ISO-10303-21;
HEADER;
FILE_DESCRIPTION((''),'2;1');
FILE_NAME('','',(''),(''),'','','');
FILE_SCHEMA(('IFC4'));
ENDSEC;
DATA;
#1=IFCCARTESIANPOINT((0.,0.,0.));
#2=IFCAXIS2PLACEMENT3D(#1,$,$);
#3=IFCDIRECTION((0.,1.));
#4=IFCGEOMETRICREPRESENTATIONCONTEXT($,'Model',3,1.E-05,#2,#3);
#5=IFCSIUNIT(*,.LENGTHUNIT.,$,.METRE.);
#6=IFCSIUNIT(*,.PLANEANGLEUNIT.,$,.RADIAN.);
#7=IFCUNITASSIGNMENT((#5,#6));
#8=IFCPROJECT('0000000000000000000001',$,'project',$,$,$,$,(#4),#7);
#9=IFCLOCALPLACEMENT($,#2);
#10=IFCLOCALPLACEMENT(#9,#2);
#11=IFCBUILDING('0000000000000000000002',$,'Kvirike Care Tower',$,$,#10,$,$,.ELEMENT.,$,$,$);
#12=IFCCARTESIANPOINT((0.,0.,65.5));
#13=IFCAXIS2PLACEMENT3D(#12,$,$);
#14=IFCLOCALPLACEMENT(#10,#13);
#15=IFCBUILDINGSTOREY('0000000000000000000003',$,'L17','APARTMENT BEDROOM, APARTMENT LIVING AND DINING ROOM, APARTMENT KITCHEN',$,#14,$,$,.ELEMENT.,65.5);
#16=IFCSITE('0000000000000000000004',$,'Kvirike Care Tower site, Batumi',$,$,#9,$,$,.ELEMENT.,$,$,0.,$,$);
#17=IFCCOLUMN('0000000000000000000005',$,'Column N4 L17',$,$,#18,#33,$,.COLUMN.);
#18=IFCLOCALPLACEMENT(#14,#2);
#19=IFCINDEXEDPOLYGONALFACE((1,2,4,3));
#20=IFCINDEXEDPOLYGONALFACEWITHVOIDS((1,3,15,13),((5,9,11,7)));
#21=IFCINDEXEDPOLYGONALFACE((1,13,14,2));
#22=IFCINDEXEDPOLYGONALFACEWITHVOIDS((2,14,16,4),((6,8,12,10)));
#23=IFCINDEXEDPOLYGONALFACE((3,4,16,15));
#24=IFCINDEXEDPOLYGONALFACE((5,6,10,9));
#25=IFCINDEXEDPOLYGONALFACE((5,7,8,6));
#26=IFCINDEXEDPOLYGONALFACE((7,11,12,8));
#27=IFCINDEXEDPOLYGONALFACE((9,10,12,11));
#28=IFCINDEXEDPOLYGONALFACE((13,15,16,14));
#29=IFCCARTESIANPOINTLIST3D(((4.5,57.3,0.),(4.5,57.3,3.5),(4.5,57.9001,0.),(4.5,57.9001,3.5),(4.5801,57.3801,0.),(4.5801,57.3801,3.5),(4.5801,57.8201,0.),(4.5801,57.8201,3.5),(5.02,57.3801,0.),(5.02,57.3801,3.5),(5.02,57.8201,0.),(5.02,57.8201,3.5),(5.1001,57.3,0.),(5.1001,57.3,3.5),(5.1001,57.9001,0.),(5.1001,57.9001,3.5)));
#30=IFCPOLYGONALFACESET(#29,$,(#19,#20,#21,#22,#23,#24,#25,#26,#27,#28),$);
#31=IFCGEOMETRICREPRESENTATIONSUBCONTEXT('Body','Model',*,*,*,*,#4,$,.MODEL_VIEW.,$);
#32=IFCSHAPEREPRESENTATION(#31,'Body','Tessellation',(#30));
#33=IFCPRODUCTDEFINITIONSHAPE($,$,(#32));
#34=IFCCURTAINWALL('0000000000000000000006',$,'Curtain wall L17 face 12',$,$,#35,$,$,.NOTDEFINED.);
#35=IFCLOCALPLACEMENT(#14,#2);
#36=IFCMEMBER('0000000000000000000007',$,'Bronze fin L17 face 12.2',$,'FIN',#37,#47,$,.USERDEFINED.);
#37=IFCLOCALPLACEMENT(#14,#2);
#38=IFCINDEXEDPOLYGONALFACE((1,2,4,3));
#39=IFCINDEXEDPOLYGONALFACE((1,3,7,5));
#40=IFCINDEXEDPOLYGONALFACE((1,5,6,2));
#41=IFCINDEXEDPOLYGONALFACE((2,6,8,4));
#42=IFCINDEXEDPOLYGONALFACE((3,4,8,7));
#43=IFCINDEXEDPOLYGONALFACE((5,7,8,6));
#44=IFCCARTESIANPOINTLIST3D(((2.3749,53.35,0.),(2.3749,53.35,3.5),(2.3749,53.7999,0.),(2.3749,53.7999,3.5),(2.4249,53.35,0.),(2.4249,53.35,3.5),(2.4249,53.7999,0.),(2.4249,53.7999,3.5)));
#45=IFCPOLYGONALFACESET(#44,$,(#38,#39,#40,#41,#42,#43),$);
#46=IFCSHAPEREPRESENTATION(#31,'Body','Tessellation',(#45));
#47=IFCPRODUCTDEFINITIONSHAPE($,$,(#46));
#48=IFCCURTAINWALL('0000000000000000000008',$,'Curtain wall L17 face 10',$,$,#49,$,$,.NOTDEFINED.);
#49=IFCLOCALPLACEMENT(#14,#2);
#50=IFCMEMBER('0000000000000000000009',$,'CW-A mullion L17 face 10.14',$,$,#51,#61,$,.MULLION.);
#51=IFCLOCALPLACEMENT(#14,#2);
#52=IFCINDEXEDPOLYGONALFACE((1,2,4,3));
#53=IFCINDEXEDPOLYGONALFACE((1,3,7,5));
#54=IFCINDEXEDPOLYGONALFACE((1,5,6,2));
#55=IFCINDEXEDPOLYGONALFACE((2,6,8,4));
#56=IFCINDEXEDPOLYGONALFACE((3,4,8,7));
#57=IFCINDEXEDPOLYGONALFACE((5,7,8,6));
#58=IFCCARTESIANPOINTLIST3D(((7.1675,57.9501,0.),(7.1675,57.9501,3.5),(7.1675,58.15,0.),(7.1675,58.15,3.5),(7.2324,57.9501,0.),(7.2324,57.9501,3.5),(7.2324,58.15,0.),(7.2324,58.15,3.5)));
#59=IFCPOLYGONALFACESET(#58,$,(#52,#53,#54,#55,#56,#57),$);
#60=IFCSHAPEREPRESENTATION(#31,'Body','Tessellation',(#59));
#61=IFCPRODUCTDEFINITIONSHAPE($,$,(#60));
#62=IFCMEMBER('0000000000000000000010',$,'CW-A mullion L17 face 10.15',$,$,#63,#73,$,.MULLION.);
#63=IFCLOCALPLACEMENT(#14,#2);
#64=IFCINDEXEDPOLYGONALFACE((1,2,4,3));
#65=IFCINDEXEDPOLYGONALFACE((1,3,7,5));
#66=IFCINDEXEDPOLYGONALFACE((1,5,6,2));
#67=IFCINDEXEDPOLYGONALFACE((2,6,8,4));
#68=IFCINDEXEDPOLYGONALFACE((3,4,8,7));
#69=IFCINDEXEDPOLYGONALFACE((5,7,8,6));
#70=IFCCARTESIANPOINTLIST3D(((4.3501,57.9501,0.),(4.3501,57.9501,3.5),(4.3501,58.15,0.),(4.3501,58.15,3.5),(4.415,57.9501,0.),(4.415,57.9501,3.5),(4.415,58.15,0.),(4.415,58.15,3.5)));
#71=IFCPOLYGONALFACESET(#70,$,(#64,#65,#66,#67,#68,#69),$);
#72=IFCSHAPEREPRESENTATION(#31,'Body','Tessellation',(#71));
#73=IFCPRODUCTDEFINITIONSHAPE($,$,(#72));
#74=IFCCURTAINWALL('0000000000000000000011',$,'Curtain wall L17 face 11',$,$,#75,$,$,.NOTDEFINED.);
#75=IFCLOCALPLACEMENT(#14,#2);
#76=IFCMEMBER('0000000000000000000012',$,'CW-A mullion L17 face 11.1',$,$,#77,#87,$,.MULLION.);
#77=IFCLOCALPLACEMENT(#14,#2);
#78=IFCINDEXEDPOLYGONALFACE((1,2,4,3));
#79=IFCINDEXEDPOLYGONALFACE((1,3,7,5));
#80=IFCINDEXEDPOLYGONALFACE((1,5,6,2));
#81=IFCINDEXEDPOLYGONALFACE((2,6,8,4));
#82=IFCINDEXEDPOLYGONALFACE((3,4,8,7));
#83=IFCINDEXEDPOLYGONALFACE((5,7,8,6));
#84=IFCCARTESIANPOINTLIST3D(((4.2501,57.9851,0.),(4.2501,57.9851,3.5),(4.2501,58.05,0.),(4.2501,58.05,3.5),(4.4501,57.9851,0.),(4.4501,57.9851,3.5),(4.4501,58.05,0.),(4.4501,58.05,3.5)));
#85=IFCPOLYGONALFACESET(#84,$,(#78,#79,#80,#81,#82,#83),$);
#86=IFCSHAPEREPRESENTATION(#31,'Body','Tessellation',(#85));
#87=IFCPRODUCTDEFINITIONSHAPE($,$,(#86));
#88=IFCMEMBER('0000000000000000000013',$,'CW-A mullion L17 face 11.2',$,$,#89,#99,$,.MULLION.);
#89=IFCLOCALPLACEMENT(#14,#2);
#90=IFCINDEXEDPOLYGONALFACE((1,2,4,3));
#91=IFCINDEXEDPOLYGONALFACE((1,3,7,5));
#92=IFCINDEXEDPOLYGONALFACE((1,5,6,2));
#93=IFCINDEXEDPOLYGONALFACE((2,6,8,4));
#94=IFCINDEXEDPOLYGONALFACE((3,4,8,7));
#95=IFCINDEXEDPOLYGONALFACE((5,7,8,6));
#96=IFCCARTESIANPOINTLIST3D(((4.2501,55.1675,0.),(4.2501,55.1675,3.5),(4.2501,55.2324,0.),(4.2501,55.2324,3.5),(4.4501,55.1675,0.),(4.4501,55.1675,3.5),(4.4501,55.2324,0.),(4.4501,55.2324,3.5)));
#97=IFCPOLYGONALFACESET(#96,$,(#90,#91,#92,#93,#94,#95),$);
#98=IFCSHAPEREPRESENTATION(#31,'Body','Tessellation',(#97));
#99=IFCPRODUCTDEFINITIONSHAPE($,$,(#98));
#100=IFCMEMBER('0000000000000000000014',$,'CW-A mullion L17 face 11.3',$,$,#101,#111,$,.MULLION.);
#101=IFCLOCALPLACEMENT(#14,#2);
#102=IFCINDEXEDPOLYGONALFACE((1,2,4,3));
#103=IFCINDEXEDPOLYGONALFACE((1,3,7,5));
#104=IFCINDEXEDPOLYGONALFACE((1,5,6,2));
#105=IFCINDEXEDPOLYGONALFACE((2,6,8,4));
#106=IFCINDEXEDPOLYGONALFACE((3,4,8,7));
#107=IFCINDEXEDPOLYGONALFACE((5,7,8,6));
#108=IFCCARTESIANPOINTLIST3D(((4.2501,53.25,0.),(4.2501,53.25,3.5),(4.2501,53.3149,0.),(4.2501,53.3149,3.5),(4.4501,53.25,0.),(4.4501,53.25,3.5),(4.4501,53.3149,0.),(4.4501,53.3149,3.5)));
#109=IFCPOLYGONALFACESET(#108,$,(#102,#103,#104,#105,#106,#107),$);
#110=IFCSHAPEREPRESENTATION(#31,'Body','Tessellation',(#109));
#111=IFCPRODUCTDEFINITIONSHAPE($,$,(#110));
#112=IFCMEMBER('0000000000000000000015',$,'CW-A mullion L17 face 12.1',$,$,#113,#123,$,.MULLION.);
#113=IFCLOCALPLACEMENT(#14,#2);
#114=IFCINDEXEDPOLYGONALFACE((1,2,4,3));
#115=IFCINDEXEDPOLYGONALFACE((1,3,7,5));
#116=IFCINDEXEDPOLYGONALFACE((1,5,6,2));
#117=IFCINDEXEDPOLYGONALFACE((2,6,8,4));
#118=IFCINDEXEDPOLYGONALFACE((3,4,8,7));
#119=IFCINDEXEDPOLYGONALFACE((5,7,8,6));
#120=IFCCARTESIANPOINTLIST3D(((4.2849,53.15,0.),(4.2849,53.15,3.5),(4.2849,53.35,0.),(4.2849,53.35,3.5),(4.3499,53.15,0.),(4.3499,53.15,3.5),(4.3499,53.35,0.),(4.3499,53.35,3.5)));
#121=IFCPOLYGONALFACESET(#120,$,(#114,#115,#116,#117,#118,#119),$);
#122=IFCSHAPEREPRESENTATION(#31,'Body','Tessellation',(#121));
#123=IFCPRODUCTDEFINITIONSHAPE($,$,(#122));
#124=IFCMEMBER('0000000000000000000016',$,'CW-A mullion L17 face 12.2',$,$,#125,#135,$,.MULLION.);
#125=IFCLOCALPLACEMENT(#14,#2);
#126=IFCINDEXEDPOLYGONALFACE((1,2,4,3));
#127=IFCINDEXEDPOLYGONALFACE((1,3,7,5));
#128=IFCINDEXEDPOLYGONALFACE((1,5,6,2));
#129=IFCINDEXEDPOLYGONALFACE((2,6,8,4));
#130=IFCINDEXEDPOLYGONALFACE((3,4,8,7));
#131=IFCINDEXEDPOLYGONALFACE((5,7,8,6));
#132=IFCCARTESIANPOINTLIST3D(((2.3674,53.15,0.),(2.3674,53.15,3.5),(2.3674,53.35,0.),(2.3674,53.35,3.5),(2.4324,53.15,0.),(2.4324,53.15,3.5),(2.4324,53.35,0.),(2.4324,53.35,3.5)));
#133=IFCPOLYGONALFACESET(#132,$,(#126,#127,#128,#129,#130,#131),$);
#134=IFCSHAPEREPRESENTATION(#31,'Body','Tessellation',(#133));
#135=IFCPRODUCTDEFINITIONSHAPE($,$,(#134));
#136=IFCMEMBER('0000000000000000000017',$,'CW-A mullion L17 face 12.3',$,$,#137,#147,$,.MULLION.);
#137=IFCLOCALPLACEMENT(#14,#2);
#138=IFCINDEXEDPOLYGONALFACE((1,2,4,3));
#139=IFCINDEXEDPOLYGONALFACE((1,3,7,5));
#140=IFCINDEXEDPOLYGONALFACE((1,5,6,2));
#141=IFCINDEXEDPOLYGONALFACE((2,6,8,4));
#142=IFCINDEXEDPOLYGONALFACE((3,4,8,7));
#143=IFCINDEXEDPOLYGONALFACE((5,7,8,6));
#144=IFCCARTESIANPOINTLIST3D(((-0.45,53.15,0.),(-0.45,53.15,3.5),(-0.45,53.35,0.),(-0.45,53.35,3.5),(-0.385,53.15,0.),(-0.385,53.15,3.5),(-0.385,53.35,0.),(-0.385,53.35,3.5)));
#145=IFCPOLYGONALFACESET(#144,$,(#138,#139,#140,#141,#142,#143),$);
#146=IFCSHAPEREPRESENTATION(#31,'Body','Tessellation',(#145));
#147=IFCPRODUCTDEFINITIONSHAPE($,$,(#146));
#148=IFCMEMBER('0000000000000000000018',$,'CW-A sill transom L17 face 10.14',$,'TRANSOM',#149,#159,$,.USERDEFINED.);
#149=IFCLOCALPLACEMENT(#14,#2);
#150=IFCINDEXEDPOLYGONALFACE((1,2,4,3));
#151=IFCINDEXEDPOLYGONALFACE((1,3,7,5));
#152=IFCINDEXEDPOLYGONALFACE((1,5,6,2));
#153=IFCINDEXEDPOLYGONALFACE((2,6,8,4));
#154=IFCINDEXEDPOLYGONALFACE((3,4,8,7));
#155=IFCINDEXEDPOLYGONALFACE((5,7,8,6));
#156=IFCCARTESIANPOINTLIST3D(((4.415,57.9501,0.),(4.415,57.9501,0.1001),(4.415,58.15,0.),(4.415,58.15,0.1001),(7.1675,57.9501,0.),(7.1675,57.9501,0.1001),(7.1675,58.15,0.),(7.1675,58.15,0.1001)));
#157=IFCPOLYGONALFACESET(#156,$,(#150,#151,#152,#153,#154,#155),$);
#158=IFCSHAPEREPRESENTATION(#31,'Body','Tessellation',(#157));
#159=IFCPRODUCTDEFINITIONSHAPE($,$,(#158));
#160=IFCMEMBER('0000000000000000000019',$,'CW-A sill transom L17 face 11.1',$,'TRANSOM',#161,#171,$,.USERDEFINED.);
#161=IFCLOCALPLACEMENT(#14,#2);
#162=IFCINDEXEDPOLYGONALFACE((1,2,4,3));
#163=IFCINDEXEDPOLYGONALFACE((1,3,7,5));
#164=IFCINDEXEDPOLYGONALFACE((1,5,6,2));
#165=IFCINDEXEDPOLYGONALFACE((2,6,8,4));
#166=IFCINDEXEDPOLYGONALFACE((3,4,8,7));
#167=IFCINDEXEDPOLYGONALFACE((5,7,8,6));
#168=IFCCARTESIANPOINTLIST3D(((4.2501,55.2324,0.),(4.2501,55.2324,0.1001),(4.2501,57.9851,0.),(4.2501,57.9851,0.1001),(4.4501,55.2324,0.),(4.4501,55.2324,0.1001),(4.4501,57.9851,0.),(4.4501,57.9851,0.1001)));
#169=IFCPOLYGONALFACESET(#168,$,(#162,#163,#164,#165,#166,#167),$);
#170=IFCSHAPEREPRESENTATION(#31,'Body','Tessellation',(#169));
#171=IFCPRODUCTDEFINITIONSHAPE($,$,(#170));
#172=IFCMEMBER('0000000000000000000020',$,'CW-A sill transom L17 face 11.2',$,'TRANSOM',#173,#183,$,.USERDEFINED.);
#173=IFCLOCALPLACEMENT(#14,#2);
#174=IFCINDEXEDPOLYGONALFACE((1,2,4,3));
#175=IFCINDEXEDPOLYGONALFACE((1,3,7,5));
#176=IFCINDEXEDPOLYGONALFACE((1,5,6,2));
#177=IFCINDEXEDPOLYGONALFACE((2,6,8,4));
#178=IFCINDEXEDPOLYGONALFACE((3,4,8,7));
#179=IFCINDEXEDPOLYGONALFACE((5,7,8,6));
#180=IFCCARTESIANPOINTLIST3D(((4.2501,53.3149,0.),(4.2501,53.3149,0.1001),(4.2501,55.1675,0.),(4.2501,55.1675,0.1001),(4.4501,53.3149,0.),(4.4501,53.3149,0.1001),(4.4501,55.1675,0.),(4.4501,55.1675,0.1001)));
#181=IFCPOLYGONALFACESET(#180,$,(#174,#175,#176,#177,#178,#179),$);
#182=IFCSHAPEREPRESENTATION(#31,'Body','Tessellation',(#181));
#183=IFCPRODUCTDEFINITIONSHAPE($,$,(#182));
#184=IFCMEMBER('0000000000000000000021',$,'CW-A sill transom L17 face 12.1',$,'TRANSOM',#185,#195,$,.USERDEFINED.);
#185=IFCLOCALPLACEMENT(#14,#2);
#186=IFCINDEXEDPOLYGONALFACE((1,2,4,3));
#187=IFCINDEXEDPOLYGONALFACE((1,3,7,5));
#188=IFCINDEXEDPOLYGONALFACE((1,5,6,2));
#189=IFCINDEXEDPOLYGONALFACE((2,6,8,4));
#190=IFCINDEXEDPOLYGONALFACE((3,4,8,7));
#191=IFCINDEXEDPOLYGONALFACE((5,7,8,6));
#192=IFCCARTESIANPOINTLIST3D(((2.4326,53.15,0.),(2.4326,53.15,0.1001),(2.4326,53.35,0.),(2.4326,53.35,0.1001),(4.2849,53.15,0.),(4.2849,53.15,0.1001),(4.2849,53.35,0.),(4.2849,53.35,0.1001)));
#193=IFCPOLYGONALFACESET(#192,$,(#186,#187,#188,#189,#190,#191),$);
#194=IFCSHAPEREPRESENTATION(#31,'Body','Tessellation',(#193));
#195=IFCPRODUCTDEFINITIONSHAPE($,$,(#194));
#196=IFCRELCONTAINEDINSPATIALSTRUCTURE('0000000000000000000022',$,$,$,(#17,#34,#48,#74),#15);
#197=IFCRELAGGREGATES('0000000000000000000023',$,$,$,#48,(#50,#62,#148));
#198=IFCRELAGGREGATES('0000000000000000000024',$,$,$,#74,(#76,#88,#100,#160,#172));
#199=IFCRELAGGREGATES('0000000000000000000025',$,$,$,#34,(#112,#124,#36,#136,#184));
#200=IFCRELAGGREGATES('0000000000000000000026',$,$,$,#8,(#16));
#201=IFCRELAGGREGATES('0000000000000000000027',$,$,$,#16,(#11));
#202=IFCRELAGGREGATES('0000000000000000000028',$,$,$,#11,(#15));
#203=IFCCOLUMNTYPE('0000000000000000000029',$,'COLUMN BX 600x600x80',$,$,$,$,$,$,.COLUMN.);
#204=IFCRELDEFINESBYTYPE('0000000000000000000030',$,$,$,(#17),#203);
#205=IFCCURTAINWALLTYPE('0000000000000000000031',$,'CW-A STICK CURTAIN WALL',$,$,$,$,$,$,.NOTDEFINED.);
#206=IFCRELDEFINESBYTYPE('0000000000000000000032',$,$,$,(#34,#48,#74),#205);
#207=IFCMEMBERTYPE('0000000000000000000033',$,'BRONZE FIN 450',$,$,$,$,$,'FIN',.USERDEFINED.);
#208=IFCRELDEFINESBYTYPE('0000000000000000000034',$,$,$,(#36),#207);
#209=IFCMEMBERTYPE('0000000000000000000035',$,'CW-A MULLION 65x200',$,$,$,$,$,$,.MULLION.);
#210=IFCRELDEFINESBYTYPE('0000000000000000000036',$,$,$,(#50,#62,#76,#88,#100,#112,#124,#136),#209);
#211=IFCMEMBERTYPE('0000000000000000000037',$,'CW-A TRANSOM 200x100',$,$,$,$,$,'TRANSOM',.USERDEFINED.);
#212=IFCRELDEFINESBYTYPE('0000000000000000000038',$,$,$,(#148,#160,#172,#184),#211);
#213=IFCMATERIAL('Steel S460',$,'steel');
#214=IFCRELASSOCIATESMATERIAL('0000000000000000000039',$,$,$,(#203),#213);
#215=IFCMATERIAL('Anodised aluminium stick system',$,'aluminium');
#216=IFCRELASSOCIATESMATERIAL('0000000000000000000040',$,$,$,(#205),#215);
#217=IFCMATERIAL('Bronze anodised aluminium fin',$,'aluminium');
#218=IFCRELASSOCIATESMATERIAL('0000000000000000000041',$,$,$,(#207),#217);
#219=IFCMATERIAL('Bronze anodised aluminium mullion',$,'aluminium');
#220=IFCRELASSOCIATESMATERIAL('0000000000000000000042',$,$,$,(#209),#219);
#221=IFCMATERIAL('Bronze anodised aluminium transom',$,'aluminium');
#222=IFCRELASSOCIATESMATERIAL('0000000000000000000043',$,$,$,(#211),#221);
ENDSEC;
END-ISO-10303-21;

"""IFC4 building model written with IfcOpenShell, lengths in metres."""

from ifc_helpers import new_model, si_unit, direction, frame, origin, origin_2d, place, context, subcontext, project, spatial, rectangle, hollow_rectangle, extrude, material, material_profile, profile_set, type_object, element, aggregate, save


model = new_model("IFC4")

# Units and contexts
model_context = context("Model", 3, precision=1e-05, world=origin(), true_north=direction((0.0, 1.0)))
body_context = subcontext(model_context, "Body", "Model", "MODEL_VIEW")
ifc_project = project(units=[si_unit("LENGTHUNIT", "METRE"), si_unit("PLANEANGLEUNIT", "RADIAN")], contexts=[model_context])

# Site, building, storey
site_placement = place(None, origin())
site = spatial("IfcSite", under=ifc_project, at=site_placement, Name="Kvirike Care Tower site, Batumi", CompositionType="ELEMENT", RefElevation=0.0)
building_placement = place(site_placement, origin())
building = spatial("IfcBuilding", under=site, at=building_placement, Name="Kvirike Care Tower", CompositionType="ELEMENT")
storey_placement = place(building_placement, frame((0.0, 0.0, 65.5)))
storey = spatial("IfcBuildingStorey", under=building, at=storey_placement, Name="L17", Description="APARTMENT BEDROOM, APARTMENT LIVING AND DINING ROOM, APARTMENT KITCHEN", CompositionType="ELEMENT", Elevation=65.5)

# Column
ifc_material_1 = material(Name="Steel S460", Category="steel")
ifc_material_profile_1 = material_profile(ifc_material_1, hollow_rectangle(XDim=0.6001, YDim=0.6001, WallThickness=0.0801, at=origin_2d()), Name="BX 600x600x80")
ifc_profile_set_1 = profile_set([ifc_material_profile_1], Name="Steel S460")
column_type = type_object("IfcColumnType", Name="COLUMN BX 600x600x80", PredefinedType="COLUMN", material=ifc_profile_set_1)
column_placement = place(storey_placement, frame((4.8, 57.6001, 0.0), z_axis=(0.0, 0.0, 1.0), x_axis=(0.0, 1.0, 0.0)))
element("IfcColumn", 1, at=column_placement, inside=storey, type_object=column_type, Name="Column N4 L17", PredefinedType="COLUMN", context=body_context, shape_type="SweptSolid", body=[
    extrude(hollow_rectangle(XDim=0.6001, YDim=0.6001, WallThickness=0.0801, at=origin_2d()), origin(), (0.0, 0.0, 1.0), 3.5),
])

# Curtain wall, member
ifc_material_2 = material(Name="Anodised aluminium stick system", Category="aluminium")
curtain_wall_type = type_object("IfcCurtainWallType", Name="CW-A STICK CURTAIN WALL", PredefinedType="NOTDEFINED", material=ifc_material_2)
curtain_wall_1_placement = place(storey_placement, origin())
curtain_wall_1 = element("IfcCurtainWall", 2, at=curtain_wall_1_placement, inside=storey, type_object=curtain_wall_type, Name="Curtain wall L17 face 12", PredefinedType="NOTDEFINED")
ifc_material_3 = material(Name="Bronze anodised aluminium fin", Category="aluminium")
ifc_material_profile_2 = material_profile(ifc_material_3, rectangle(XDim=0.05, YDim=0.45, at=origin_2d()), Name="BRONZE FIN 450")
ifc_profile_set_2 = profile_set([ifc_material_profile_2], Name="Bronze anodised aluminium fin")
member_type_1 = type_object("IfcMemberType", Name="BRONZE FIN 450", ElementType="FIN", PredefinedType="USERDEFINED", material=ifc_profile_set_2)
member_1_placement = place(storey_placement, frame((2.3999, 53.575, 0.0), z_axis=(0.0, 0.0, 1.0), x_axis=(-1.0, 0.0, 0.0)))
member_1 = element("IfcMember", 3, at=member_1_placement, type_object=member_type_1, Name="Bronze fin L17 face 12.2", ObjectType="FIN", PredefinedType="USERDEFINED", context=body_context, shape_type="SweptSolid", body=[
    extrude(rectangle(XDim=0.05, YDim=0.45, at=origin_2d()), origin(), (0.0, 0.0, 1.0), 3.5),
])

# Curtain walls, members
curtain_wall_2_placement = place(storey_placement, origin())
curtain_wall_2 = element("IfcCurtainWall", 4, at=curtain_wall_2_placement, inside=storey, type_object=curtain_wall_type, Name="Curtain wall L17 face 10", PredefinedType="NOTDEFINED")
ifc_material_4 = material(Name="Bronze anodised aluminium mullion", Category="aluminium")
ifc_material_profile_3 = material_profile(ifc_material_4, rectangle(XDim=0.0649, YDim=0.2, at=origin_2d()), Name="CW-A MULLION 65x200")
ifc_profile_set_3 = profile_set([ifc_material_profile_3], Name="Bronze anodised aluminium mullion")
member_type_2 = type_object("IfcMemberType", Name="CW-A MULLION 65x200", PredefinedType="MULLION", material=ifc_profile_set_3)
member_2_placement = place(storey_placement, frame((7.2, 58.05, 0.0), z_axis=(0.0, 0.0, 1.0), x_axis=(-1.0, 0.0, 0.0)))
member_2 = element("IfcMember", 5, at=member_2_placement, type_object=member_type_2, Name="CW-A mullion L17 face 10.14", PredefinedType="MULLION", context=body_context, shape_type="SweptSolid", body=[
    extrude(rectangle(XDim=0.0649, YDim=0.2, at=origin_2d()), origin(), (0.0, 0.0, 1.0), 3.5),
])
member_3_placement = place(storey_placement, frame((4.3826, 58.05, 0.0), z_axis=(0.0, 0.0, 1.0), x_axis=(-1.0, 0.0, 0.0)))
member_3 = element("IfcMember", 6, at=member_3_placement, type_object=member_type_2, Name="CW-A mullion L17 face 10.15", PredefinedType="MULLION", context=body_context, shape_type="SweptSolid", body=[
    extrude(rectangle(XDim=0.0649, YDim=0.2, at=origin_2d()), origin(), (0.0, 0.0, 1.0), 3.5),
])
curtain_wall_3_placement = place(storey_placement, origin())
curtain_wall_3 = element("IfcCurtainWall", 7, at=curtain_wall_3_placement, inside=storey, type_object=curtain_wall_type, Name="Curtain wall L17 face 11", PredefinedType="NOTDEFINED")
member_4_placement = place(storey_placement, frame((4.3501, 58.0176, 0.0), z_axis=(0.0, 0.0, 1.0), x_axis=(0.0, -1.0, 0.0)))
member_4 = element("IfcMember", 8, at=member_4_placement, type_object=member_type_2, Name="CW-A mullion L17 face 11.1", PredefinedType="MULLION", context=body_context, shape_type="SweptSolid", body=[
    extrude(rectangle(XDim=0.0649, YDim=0.2, at=origin_2d()), origin(), (0.0, 0.0, 1.0), 3.5),
])
member_5_placement = place(storey_placement, frame((4.3501, 55.2, 0.0), z_axis=(0.0, 0.0, 1.0), x_axis=(0.0, -1.0, 0.0)))
member_5 = element("IfcMember", 9, at=member_5_placement, type_object=member_type_2, Name="CW-A mullion L17 face 11.2", PredefinedType="MULLION", context=body_context, shape_type="SweptSolid", body=[
    extrude(rectangle(XDim=0.0649, YDim=0.2, at=origin_2d()), origin(), (0.0, 0.0, 1.0), 3.5),
])
member_6_placement = place(storey_placement, frame((4.3501, 53.2825, 0.0), z_axis=(0.0, 0.0, 1.0), x_axis=(0.0, -1.0, 0.0)))
member_6 = element("IfcMember", 10, at=member_6_placement, type_object=member_type_2, Name="CW-A mullion L17 face 11.3", PredefinedType="MULLION", context=body_context, shape_type="SweptSolid", body=[
    extrude(rectangle(XDim=0.0649, YDim=0.2, at=origin_2d()), origin(), (0.0, 0.0, 1.0), 3.5),
])

# Members
member_7_placement = place(storey_placement, frame((4.3174, 53.25, 0.0), z_axis=(0.0, 0.0, 1.0), x_axis=(-1.0, 0.0, 0.0)))
member_7 = element("IfcMember", 11, at=member_7_placement, type_object=member_type_2, Name="CW-A mullion L17 face 12.1", PredefinedType="MULLION", context=body_context, shape_type="SweptSolid", body=[
    extrude(rectangle(XDim=0.0649, YDim=0.2, at=origin_2d()), origin(), (0.0, 0.0, 1.0), 3.5),
])
member_8_placement = place(storey_placement, frame((2.3999, 53.25, 0.0), z_axis=(0.0, 0.0, 1.0), x_axis=(-1.0, 0.0, 0.0)))
member_8 = element("IfcMember", 12, at=member_8_placement, type_object=member_type_2, Name="CW-A mullion L17 face 12.2", PredefinedType="MULLION", context=body_context, shape_type="SweptSolid", body=[
    extrude(rectangle(XDim=0.0649, YDim=0.2, at=origin_2d()), origin(), (0.0, 0.0, 1.0), 3.5),
])
member_9_placement = place(storey_placement, frame((-0.4175, 53.25, 0.0), z_axis=(0.0, 0.0, 1.0), x_axis=(-1.0, 0.0, 0.0)))
member_9 = element("IfcMember", 13, at=member_9_placement, type_object=member_type_2, Name="CW-A mullion L17 face 12.3", PredefinedType="MULLION", context=body_context, shape_type="SweptSolid", body=[
    extrude(rectangle(XDim=0.0649, YDim=0.2, at=origin_2d()), origin(), (0.0, 0.0, 1.0), 3.5),
])
ifc_material_5 = material(Name="Bronze anodised aluminium transom", Category="aluminium")
ifc_material_profile_4 = material_profile(ifc_material_5, rectangle(XDim=0.2, YDim=0.1001, at=origin_2d()), Name="CW-A TRANSOM 200x100")
ifc_profile_set_4 = profile_set([ifc_material_profile_4], Name="Bronze anodised aluminium transom")
member_type_3 = type_object("IfcMemberType", Name="CW-A TRANSOM 200x100", ElementType="TRANSOM", PredefinedType="USERDEFINED", material=ifc_profile_set_4)
member_10_placement = place(storey_placement, frame((7.1675, 58.05, 0.05), z_axis=(-1.0, 0.0, 0.0), x_axis=(0.0, -1.0, 0.0)))
member_10 = element("IfcMember", 14, at=member_10_placement, type_object=member_type_3, Name="CW-A sill transom L17 face 10.14", ObjectType="TRANSOM", PredefinedType="USERDEFINED", context=body_context, shape_type="SweptSolid", body=[
    extrude(rectangle(XDim=0.2, YDim=0.1001, at=origin_2d()), origin(), (0.0, 0.0, 1.0), 2.7524),
])
member_11_placement = place(storey_placement, frame((4.3501, 57.9851, 0.05), z_axis=(0.0, -1.0, 0.0), x_axis=(1.0, 0.0, 0.0)))
member_11 = element("IfcMember", 15, at=member_11_placement, type_object=member_type_3, Name="CW-A sill transom L17 face 11.1", ObjectType="TRANSOM", PredefinedType="USERDEFINED", context=body_context, shape_type="SweptSolid", body=[
    extrude(rectangle(XDim=0.2, YDim=0.1001, at=origin_2d()), origin(), (0.0, 0.0, 1.0), 2.7527),
])
member_12_placement = place(storey_placement, frame((4.3501, 55.1675, 0.05), z_axis=(0.0, -1.0, 0.0), x_axis=(1.0, 0.0, 0.0)))
member_12 = element("IfcMember", 16, at=member_12_placement, type_object=member_type_3, Name="CW-A sill transom L17 face 11.2", ObjectType="TRANSOM", PredefinedType="USERDEFINED", context=body_context, shape_type="SweptSolid", body=[
    extrude(rectangle(XDim=0.2, YDim=0.1001, at=origin_2d()), origin(), (0.0, 0.0, 1.0), 1.8525),
])
member_13_placement = place(storey_placement, frame((4.2849, 53.25, 0.05), z_axis=(-1.0, 0.0, 0.0), x_axis=(0.0, -1.0, 0.0)))
member_13 = element("IfcMember", 17, at=member_13_placement, type_object=member_type_3, Name="CW-A sill transom L17 face 12.1", ObjectType="TRANSOM", PredefinedType="USERDEFINED", context=body_context, shape_type="SweptSolid", body=[
    extrude(rectangle(XDim=0.2, YDim=0.1001, at=origin_2d()), origin(), (0.0, 0.0, 1.0), 1.8523),
])

aggregate(curtain_wall_2, [member_2, member_3, member_10])
aggregate(curtain_wall_3, [member_4, member_5, member_6, member_11, member_12])
aggregate(curtain_wall_1, [member_7, member_8, member_1, member_9, member_13])

save(model, "model.ifc")
